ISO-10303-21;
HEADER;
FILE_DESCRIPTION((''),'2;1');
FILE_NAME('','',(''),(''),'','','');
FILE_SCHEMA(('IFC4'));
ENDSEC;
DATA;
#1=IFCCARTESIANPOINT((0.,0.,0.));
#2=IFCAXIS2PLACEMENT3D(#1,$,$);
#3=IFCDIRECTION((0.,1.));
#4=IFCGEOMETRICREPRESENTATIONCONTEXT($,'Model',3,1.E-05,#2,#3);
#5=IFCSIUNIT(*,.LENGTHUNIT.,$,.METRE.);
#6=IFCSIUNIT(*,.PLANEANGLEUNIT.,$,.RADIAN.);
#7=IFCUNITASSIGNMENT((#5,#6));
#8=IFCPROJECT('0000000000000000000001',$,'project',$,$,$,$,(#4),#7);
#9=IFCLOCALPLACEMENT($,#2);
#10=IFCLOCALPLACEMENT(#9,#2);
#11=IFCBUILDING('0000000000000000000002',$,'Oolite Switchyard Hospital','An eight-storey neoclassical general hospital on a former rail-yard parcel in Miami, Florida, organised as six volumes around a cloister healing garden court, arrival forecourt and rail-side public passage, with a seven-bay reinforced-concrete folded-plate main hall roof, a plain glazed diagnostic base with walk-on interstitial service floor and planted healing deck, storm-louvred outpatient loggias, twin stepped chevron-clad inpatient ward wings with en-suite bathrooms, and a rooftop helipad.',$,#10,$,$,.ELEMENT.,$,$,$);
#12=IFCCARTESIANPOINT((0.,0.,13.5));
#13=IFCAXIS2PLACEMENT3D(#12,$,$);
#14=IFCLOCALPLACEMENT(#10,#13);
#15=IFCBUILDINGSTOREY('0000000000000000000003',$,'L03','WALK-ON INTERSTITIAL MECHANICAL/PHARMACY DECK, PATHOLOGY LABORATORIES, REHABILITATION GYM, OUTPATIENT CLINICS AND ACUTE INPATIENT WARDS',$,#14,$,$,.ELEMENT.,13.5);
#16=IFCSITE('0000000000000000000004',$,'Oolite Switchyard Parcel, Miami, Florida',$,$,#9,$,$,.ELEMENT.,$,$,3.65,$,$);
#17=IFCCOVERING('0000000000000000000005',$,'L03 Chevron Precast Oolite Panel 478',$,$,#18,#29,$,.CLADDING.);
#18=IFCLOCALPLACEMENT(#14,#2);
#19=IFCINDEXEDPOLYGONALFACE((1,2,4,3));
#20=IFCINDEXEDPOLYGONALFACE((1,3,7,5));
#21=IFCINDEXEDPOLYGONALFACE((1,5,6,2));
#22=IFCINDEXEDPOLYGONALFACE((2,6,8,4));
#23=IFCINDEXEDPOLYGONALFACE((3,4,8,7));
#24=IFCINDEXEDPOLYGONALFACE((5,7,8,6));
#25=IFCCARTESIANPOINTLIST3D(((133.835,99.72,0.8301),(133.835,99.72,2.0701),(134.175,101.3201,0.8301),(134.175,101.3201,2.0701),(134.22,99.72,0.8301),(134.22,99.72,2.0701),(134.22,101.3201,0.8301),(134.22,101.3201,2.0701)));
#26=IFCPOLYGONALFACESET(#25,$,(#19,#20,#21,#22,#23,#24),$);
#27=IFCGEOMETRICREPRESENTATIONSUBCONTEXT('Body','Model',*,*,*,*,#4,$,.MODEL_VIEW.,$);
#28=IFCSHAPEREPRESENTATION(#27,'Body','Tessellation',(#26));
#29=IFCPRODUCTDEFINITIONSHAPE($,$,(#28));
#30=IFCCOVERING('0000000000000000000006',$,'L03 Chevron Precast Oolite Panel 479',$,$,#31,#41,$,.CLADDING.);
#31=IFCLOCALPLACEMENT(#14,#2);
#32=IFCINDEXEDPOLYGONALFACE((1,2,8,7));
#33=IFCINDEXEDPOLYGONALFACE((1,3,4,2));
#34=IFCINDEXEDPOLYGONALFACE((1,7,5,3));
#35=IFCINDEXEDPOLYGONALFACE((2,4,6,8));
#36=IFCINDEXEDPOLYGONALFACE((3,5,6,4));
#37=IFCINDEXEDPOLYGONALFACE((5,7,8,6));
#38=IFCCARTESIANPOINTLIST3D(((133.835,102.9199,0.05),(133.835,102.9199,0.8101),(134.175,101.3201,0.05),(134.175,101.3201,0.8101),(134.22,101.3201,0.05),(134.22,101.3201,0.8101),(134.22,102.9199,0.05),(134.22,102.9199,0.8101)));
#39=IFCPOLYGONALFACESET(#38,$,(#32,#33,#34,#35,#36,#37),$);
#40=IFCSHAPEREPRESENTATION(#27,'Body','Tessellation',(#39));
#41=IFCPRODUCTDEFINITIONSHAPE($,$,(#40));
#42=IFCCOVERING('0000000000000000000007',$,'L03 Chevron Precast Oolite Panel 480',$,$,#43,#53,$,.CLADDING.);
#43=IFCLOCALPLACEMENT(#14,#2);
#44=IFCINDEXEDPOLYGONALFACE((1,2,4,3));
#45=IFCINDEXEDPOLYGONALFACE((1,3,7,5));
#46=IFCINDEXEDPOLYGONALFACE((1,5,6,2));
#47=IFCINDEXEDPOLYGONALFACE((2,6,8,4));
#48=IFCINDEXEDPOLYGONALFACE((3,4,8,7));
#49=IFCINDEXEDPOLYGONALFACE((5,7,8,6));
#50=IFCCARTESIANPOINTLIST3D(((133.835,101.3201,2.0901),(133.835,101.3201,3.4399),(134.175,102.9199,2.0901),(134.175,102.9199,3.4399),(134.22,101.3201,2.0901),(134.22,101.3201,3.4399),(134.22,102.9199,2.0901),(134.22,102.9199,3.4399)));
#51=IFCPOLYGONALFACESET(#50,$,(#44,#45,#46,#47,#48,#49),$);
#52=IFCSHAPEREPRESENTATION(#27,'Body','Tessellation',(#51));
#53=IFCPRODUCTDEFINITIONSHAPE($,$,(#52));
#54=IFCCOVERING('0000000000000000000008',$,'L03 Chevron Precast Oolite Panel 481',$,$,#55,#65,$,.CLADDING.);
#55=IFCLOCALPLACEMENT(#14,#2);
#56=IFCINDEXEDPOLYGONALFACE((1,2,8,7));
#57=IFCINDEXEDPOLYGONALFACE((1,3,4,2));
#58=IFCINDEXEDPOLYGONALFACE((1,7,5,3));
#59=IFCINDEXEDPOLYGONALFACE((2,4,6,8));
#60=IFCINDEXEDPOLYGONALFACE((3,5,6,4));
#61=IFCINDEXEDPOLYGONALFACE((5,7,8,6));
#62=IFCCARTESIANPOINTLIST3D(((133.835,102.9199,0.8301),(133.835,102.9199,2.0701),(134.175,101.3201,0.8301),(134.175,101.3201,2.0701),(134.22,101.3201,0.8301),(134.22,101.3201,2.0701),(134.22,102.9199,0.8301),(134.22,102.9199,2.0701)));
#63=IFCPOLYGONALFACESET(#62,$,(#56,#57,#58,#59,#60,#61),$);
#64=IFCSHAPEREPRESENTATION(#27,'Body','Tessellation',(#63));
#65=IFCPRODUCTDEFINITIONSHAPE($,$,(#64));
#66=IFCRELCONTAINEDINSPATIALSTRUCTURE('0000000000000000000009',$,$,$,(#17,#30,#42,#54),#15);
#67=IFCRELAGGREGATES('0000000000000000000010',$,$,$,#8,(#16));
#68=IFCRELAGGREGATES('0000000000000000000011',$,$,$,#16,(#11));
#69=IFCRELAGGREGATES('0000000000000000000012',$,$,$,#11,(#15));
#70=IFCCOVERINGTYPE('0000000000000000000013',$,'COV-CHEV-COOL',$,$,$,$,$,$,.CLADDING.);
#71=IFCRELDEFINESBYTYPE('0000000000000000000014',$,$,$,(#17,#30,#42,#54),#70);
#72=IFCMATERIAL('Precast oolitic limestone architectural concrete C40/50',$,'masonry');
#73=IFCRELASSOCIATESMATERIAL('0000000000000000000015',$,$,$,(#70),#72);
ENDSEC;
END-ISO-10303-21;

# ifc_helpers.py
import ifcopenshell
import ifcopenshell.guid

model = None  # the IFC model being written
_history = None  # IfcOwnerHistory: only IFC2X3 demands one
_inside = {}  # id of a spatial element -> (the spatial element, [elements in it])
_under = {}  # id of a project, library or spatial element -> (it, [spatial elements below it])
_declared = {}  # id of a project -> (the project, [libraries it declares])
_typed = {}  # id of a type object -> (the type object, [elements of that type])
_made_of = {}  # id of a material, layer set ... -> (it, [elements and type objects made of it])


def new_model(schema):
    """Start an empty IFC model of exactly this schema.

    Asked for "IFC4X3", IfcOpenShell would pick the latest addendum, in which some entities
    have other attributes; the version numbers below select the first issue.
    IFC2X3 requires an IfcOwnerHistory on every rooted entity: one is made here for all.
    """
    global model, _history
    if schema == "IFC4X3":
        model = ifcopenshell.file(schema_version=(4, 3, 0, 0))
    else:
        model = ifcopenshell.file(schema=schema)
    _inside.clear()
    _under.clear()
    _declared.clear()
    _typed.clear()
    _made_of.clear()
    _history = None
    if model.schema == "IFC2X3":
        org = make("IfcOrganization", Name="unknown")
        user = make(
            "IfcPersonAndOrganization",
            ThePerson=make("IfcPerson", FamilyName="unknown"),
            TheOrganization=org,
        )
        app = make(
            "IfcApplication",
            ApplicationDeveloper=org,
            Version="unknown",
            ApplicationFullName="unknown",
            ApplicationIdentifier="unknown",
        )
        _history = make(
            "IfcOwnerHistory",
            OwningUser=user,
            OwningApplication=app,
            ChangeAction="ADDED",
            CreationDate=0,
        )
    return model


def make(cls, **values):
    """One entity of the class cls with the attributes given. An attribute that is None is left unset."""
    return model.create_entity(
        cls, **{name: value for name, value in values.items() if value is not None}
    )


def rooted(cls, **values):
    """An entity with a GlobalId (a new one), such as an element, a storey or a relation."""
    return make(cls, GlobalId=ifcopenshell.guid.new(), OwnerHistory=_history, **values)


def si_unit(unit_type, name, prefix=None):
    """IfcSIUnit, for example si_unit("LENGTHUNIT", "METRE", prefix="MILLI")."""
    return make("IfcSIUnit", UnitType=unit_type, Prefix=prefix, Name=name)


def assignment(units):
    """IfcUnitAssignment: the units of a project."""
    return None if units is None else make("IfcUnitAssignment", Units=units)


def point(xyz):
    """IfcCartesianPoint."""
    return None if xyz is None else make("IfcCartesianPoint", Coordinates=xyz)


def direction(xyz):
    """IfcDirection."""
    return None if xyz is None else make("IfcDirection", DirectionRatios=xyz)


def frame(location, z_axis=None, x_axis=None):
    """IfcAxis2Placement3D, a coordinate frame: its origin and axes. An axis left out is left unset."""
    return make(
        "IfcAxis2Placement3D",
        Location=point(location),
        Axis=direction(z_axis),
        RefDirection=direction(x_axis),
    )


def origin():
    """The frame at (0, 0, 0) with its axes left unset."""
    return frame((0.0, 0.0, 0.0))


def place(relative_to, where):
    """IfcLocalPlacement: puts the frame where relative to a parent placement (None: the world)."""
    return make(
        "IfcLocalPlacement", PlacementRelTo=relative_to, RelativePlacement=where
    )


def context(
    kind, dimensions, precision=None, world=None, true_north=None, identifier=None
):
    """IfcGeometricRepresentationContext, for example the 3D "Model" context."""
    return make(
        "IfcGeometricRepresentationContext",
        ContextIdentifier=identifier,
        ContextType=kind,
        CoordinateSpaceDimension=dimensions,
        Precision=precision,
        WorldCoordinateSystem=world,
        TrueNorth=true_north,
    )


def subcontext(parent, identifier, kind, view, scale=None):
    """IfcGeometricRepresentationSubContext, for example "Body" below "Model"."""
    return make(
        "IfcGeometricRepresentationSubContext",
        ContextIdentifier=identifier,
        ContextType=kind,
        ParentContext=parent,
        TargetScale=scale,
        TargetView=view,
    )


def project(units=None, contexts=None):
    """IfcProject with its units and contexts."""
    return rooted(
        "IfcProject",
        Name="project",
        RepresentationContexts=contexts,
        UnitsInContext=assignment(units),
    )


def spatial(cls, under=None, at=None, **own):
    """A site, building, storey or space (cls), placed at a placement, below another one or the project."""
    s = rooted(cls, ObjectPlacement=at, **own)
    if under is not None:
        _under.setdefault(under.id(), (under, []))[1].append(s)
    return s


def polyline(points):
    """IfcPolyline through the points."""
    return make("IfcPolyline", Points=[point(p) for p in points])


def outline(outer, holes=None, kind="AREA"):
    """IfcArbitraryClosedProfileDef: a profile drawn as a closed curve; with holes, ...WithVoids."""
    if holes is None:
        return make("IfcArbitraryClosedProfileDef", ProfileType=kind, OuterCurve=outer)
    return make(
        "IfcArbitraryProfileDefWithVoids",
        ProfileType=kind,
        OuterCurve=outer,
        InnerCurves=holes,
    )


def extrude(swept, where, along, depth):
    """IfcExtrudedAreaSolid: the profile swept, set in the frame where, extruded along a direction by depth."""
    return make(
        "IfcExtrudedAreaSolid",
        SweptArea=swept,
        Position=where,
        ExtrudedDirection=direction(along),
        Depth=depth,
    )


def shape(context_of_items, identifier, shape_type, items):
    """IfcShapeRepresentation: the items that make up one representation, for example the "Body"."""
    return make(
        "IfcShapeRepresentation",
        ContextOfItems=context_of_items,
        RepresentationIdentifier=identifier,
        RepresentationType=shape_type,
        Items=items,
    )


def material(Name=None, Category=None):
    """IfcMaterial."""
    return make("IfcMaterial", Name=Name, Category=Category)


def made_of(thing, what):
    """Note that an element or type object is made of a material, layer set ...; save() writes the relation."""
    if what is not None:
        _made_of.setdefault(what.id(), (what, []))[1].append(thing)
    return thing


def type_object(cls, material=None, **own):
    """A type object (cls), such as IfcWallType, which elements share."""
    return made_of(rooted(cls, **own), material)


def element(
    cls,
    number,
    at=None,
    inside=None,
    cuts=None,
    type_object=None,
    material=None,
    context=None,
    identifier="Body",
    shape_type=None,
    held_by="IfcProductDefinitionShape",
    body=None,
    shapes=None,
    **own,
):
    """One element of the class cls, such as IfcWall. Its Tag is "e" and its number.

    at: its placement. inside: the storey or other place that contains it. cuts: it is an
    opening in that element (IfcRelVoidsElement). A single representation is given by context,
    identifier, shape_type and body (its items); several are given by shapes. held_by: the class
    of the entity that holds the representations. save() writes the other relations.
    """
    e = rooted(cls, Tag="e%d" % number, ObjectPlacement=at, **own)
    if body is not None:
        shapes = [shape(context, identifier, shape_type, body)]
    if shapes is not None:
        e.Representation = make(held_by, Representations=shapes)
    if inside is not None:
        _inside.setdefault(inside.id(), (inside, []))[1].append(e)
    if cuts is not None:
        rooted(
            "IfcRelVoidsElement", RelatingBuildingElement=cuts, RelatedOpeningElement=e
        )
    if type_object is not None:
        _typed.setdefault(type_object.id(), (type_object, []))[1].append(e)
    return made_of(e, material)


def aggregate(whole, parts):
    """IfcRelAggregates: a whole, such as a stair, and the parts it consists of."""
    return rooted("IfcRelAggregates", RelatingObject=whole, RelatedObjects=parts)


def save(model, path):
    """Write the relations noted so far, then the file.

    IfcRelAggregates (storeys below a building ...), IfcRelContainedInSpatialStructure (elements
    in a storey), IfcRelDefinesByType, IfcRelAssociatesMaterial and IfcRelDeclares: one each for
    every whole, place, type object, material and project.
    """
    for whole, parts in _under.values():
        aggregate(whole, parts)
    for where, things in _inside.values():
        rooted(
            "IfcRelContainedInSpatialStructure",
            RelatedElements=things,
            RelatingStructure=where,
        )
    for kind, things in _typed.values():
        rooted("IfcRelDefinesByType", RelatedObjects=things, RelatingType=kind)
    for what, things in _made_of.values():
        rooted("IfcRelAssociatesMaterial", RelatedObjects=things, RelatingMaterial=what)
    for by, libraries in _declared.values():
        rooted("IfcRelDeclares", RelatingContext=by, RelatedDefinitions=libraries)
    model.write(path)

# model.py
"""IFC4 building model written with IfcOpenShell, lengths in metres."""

from ifc_helpers import new_model, si_unit, direction, frame, origin, place, context, subcontext, project, spatial, polyline, outline, extrude, material, type_object, element, save


model = new_model("IFC4")

# Units and contexts
model_context = context("Model", 3, precision=1e-05, world=origin(), true_north=direction((0.0, 1.0)))
body_context = subcontext(model_context, "Body", "Model", "MODEL_VIEW")
ifc_project = project(units=[si_unit("LENGTHUNIT", "METRE"), si_unit("PLANEANGLEUNIT", "RADIAN")], contexts=[model_context])

# Site, building, storey
site_placement = place(None, origin())
site = spatial("IfcSite", under=ifc_project, at=site_placement, Name="Oolite Switchyard Parcel, Miami, Florida", CompositionType="ELEMENT", RefElevation=3.65)
building_placement = place(site_placement, origin())
building = spatial("IfcBuilding", under=site, at=building_placement, Name="Oolite Switchyard Hospital", Description="An eight-storey neoclassical general hospital on a former rail-yard parcel in Miami, Florida, organised as six volumes around a cloister healing garden court, arrival forecourt and rail-side public passage, with a seven-bay reinforced-concrete folded-plate main hall roof, a plain glazed diagnostic base with walk-on interstitial service floor and planted healing deck, storm-louvred outpatient loggias, twin stepped chevron-clad inpatient ward wings with en-suite bathrooms, and a rooftop helipad.", CompositionType="ELEMENT")
storey_placement = place(building_placement, frame((0.0, 0.0, 13.5)))
storey = spatial("IfcBuildingStorey", under=building, at=storey_placement, Name="L03", Description="WALK-ON INTERSTITIAL MECHANICAL/PHARMACY DECK, PATHOLOGY LABORATORIES, REHABILITATION GYM, OUTPATIENT CLINICS AND ACUTE INPATIENT WARDS", CompositionType="ELEMENT", Elevation=13.5)

# Coverings
ifc_material_1 = material(Name="Precast oolitic limestone architectural concrete C40/50", Category="masonry")
covering_type = type_object("IfcCoveringType", Name="COV-CHEV-COOL", PredefinedType="CLADDING", material=ifc_material_1)
covering_1_placement = place(storey_placement, frame((134.22, 99.72, 0.8301), z_axis=(0.0, 0.0, 1.0), x_axis=(0.0, 1.0, 0.0)))
element("IfcCovering", 1, at=covering_1_placement, inside=storey, type_object=covering_type, Name="L03 Chevron Precast Oolite Panel 478", PredefinedType="CLADDING", context=body_context, shape_type="SweptSolid", body=[
    extrude(outline(polyline([(0.0, 0.0), (1.6001, 0.0), (1.6001, 0.0449), (0.0, 0.385), (0.0, 0.0)])), origin(), (0.0, 0.0, 1.0), 1.24),
])
covering_2_placement = place(storey_placement, frame((134.22, 101.3201, 0.05), z_axis=(0.0, 0.0, 1.0), x_axis=(0.0, 1.0, 0.0)))
element("IfcCovering", 2, at=covering_2_placement, inside=storey, type_object=covering_type, Name="L03 Chevron Precast Oolite Panel 479", PredefinedType="CLADDING", context=body_context, shape_type="SweptSolid", body=[
    extrude(outline(polyline([(0.0, 0.0), (1.5999, 0.0), (1.5999, 0.385), (0.0, 0.0449), (0.0, 0.0)])), origin(), (0.0, 0.0, 1.0), 0.76),
])
covering_3_placement = place(storey_placement, frame((134.22, 101.3201, 2.0901), z_axis=(0.0, 0.0, 1.0), x_axis=(0.0, 1.0, 0.0)))
element("IfcCovering", 3, at=covering_3_placement, inside=storey, type_object=covering_type, Name="L03 Chevron Precast Oolite Panel 480", PredefinedType="CLADDING", context=body_context, shape_type="SweptSolid", body=[
    extrude(outline(polyline([(0.0, 0.0), (1.5999, 0.0), (1.5999, 0.0449), (0.0, 0.385), (0.0, 0.0)])), origin(), (0.0, 0.0, 1.0), 1.3499),
])
covering_4_placement = place(storey_placement, frame((134.22, 101.3201, 0.8301), z_axis=(0.0, 0.0, 1.0), x_axis=(0.0, 1.0, 0.0)))
element("IfcCovering", 4, at=covering_4_placement, inside=storey, type_object=covering_type, Name="L03 Chevron Precast Oolite Panel 481", PredefinedType="CLADDING", context=body_context, shape_type="SweptSolid", body=[
    extrude(outline(polyline([(0.0, 0.0), (1.5999, 0.0), (1.5999, 0.385), (0.0, 0.0449), (0.0, 0.0)])), origin(), (0.0, 0.0, 1.0), 1.24),
])

save(model, "model.ifc")
